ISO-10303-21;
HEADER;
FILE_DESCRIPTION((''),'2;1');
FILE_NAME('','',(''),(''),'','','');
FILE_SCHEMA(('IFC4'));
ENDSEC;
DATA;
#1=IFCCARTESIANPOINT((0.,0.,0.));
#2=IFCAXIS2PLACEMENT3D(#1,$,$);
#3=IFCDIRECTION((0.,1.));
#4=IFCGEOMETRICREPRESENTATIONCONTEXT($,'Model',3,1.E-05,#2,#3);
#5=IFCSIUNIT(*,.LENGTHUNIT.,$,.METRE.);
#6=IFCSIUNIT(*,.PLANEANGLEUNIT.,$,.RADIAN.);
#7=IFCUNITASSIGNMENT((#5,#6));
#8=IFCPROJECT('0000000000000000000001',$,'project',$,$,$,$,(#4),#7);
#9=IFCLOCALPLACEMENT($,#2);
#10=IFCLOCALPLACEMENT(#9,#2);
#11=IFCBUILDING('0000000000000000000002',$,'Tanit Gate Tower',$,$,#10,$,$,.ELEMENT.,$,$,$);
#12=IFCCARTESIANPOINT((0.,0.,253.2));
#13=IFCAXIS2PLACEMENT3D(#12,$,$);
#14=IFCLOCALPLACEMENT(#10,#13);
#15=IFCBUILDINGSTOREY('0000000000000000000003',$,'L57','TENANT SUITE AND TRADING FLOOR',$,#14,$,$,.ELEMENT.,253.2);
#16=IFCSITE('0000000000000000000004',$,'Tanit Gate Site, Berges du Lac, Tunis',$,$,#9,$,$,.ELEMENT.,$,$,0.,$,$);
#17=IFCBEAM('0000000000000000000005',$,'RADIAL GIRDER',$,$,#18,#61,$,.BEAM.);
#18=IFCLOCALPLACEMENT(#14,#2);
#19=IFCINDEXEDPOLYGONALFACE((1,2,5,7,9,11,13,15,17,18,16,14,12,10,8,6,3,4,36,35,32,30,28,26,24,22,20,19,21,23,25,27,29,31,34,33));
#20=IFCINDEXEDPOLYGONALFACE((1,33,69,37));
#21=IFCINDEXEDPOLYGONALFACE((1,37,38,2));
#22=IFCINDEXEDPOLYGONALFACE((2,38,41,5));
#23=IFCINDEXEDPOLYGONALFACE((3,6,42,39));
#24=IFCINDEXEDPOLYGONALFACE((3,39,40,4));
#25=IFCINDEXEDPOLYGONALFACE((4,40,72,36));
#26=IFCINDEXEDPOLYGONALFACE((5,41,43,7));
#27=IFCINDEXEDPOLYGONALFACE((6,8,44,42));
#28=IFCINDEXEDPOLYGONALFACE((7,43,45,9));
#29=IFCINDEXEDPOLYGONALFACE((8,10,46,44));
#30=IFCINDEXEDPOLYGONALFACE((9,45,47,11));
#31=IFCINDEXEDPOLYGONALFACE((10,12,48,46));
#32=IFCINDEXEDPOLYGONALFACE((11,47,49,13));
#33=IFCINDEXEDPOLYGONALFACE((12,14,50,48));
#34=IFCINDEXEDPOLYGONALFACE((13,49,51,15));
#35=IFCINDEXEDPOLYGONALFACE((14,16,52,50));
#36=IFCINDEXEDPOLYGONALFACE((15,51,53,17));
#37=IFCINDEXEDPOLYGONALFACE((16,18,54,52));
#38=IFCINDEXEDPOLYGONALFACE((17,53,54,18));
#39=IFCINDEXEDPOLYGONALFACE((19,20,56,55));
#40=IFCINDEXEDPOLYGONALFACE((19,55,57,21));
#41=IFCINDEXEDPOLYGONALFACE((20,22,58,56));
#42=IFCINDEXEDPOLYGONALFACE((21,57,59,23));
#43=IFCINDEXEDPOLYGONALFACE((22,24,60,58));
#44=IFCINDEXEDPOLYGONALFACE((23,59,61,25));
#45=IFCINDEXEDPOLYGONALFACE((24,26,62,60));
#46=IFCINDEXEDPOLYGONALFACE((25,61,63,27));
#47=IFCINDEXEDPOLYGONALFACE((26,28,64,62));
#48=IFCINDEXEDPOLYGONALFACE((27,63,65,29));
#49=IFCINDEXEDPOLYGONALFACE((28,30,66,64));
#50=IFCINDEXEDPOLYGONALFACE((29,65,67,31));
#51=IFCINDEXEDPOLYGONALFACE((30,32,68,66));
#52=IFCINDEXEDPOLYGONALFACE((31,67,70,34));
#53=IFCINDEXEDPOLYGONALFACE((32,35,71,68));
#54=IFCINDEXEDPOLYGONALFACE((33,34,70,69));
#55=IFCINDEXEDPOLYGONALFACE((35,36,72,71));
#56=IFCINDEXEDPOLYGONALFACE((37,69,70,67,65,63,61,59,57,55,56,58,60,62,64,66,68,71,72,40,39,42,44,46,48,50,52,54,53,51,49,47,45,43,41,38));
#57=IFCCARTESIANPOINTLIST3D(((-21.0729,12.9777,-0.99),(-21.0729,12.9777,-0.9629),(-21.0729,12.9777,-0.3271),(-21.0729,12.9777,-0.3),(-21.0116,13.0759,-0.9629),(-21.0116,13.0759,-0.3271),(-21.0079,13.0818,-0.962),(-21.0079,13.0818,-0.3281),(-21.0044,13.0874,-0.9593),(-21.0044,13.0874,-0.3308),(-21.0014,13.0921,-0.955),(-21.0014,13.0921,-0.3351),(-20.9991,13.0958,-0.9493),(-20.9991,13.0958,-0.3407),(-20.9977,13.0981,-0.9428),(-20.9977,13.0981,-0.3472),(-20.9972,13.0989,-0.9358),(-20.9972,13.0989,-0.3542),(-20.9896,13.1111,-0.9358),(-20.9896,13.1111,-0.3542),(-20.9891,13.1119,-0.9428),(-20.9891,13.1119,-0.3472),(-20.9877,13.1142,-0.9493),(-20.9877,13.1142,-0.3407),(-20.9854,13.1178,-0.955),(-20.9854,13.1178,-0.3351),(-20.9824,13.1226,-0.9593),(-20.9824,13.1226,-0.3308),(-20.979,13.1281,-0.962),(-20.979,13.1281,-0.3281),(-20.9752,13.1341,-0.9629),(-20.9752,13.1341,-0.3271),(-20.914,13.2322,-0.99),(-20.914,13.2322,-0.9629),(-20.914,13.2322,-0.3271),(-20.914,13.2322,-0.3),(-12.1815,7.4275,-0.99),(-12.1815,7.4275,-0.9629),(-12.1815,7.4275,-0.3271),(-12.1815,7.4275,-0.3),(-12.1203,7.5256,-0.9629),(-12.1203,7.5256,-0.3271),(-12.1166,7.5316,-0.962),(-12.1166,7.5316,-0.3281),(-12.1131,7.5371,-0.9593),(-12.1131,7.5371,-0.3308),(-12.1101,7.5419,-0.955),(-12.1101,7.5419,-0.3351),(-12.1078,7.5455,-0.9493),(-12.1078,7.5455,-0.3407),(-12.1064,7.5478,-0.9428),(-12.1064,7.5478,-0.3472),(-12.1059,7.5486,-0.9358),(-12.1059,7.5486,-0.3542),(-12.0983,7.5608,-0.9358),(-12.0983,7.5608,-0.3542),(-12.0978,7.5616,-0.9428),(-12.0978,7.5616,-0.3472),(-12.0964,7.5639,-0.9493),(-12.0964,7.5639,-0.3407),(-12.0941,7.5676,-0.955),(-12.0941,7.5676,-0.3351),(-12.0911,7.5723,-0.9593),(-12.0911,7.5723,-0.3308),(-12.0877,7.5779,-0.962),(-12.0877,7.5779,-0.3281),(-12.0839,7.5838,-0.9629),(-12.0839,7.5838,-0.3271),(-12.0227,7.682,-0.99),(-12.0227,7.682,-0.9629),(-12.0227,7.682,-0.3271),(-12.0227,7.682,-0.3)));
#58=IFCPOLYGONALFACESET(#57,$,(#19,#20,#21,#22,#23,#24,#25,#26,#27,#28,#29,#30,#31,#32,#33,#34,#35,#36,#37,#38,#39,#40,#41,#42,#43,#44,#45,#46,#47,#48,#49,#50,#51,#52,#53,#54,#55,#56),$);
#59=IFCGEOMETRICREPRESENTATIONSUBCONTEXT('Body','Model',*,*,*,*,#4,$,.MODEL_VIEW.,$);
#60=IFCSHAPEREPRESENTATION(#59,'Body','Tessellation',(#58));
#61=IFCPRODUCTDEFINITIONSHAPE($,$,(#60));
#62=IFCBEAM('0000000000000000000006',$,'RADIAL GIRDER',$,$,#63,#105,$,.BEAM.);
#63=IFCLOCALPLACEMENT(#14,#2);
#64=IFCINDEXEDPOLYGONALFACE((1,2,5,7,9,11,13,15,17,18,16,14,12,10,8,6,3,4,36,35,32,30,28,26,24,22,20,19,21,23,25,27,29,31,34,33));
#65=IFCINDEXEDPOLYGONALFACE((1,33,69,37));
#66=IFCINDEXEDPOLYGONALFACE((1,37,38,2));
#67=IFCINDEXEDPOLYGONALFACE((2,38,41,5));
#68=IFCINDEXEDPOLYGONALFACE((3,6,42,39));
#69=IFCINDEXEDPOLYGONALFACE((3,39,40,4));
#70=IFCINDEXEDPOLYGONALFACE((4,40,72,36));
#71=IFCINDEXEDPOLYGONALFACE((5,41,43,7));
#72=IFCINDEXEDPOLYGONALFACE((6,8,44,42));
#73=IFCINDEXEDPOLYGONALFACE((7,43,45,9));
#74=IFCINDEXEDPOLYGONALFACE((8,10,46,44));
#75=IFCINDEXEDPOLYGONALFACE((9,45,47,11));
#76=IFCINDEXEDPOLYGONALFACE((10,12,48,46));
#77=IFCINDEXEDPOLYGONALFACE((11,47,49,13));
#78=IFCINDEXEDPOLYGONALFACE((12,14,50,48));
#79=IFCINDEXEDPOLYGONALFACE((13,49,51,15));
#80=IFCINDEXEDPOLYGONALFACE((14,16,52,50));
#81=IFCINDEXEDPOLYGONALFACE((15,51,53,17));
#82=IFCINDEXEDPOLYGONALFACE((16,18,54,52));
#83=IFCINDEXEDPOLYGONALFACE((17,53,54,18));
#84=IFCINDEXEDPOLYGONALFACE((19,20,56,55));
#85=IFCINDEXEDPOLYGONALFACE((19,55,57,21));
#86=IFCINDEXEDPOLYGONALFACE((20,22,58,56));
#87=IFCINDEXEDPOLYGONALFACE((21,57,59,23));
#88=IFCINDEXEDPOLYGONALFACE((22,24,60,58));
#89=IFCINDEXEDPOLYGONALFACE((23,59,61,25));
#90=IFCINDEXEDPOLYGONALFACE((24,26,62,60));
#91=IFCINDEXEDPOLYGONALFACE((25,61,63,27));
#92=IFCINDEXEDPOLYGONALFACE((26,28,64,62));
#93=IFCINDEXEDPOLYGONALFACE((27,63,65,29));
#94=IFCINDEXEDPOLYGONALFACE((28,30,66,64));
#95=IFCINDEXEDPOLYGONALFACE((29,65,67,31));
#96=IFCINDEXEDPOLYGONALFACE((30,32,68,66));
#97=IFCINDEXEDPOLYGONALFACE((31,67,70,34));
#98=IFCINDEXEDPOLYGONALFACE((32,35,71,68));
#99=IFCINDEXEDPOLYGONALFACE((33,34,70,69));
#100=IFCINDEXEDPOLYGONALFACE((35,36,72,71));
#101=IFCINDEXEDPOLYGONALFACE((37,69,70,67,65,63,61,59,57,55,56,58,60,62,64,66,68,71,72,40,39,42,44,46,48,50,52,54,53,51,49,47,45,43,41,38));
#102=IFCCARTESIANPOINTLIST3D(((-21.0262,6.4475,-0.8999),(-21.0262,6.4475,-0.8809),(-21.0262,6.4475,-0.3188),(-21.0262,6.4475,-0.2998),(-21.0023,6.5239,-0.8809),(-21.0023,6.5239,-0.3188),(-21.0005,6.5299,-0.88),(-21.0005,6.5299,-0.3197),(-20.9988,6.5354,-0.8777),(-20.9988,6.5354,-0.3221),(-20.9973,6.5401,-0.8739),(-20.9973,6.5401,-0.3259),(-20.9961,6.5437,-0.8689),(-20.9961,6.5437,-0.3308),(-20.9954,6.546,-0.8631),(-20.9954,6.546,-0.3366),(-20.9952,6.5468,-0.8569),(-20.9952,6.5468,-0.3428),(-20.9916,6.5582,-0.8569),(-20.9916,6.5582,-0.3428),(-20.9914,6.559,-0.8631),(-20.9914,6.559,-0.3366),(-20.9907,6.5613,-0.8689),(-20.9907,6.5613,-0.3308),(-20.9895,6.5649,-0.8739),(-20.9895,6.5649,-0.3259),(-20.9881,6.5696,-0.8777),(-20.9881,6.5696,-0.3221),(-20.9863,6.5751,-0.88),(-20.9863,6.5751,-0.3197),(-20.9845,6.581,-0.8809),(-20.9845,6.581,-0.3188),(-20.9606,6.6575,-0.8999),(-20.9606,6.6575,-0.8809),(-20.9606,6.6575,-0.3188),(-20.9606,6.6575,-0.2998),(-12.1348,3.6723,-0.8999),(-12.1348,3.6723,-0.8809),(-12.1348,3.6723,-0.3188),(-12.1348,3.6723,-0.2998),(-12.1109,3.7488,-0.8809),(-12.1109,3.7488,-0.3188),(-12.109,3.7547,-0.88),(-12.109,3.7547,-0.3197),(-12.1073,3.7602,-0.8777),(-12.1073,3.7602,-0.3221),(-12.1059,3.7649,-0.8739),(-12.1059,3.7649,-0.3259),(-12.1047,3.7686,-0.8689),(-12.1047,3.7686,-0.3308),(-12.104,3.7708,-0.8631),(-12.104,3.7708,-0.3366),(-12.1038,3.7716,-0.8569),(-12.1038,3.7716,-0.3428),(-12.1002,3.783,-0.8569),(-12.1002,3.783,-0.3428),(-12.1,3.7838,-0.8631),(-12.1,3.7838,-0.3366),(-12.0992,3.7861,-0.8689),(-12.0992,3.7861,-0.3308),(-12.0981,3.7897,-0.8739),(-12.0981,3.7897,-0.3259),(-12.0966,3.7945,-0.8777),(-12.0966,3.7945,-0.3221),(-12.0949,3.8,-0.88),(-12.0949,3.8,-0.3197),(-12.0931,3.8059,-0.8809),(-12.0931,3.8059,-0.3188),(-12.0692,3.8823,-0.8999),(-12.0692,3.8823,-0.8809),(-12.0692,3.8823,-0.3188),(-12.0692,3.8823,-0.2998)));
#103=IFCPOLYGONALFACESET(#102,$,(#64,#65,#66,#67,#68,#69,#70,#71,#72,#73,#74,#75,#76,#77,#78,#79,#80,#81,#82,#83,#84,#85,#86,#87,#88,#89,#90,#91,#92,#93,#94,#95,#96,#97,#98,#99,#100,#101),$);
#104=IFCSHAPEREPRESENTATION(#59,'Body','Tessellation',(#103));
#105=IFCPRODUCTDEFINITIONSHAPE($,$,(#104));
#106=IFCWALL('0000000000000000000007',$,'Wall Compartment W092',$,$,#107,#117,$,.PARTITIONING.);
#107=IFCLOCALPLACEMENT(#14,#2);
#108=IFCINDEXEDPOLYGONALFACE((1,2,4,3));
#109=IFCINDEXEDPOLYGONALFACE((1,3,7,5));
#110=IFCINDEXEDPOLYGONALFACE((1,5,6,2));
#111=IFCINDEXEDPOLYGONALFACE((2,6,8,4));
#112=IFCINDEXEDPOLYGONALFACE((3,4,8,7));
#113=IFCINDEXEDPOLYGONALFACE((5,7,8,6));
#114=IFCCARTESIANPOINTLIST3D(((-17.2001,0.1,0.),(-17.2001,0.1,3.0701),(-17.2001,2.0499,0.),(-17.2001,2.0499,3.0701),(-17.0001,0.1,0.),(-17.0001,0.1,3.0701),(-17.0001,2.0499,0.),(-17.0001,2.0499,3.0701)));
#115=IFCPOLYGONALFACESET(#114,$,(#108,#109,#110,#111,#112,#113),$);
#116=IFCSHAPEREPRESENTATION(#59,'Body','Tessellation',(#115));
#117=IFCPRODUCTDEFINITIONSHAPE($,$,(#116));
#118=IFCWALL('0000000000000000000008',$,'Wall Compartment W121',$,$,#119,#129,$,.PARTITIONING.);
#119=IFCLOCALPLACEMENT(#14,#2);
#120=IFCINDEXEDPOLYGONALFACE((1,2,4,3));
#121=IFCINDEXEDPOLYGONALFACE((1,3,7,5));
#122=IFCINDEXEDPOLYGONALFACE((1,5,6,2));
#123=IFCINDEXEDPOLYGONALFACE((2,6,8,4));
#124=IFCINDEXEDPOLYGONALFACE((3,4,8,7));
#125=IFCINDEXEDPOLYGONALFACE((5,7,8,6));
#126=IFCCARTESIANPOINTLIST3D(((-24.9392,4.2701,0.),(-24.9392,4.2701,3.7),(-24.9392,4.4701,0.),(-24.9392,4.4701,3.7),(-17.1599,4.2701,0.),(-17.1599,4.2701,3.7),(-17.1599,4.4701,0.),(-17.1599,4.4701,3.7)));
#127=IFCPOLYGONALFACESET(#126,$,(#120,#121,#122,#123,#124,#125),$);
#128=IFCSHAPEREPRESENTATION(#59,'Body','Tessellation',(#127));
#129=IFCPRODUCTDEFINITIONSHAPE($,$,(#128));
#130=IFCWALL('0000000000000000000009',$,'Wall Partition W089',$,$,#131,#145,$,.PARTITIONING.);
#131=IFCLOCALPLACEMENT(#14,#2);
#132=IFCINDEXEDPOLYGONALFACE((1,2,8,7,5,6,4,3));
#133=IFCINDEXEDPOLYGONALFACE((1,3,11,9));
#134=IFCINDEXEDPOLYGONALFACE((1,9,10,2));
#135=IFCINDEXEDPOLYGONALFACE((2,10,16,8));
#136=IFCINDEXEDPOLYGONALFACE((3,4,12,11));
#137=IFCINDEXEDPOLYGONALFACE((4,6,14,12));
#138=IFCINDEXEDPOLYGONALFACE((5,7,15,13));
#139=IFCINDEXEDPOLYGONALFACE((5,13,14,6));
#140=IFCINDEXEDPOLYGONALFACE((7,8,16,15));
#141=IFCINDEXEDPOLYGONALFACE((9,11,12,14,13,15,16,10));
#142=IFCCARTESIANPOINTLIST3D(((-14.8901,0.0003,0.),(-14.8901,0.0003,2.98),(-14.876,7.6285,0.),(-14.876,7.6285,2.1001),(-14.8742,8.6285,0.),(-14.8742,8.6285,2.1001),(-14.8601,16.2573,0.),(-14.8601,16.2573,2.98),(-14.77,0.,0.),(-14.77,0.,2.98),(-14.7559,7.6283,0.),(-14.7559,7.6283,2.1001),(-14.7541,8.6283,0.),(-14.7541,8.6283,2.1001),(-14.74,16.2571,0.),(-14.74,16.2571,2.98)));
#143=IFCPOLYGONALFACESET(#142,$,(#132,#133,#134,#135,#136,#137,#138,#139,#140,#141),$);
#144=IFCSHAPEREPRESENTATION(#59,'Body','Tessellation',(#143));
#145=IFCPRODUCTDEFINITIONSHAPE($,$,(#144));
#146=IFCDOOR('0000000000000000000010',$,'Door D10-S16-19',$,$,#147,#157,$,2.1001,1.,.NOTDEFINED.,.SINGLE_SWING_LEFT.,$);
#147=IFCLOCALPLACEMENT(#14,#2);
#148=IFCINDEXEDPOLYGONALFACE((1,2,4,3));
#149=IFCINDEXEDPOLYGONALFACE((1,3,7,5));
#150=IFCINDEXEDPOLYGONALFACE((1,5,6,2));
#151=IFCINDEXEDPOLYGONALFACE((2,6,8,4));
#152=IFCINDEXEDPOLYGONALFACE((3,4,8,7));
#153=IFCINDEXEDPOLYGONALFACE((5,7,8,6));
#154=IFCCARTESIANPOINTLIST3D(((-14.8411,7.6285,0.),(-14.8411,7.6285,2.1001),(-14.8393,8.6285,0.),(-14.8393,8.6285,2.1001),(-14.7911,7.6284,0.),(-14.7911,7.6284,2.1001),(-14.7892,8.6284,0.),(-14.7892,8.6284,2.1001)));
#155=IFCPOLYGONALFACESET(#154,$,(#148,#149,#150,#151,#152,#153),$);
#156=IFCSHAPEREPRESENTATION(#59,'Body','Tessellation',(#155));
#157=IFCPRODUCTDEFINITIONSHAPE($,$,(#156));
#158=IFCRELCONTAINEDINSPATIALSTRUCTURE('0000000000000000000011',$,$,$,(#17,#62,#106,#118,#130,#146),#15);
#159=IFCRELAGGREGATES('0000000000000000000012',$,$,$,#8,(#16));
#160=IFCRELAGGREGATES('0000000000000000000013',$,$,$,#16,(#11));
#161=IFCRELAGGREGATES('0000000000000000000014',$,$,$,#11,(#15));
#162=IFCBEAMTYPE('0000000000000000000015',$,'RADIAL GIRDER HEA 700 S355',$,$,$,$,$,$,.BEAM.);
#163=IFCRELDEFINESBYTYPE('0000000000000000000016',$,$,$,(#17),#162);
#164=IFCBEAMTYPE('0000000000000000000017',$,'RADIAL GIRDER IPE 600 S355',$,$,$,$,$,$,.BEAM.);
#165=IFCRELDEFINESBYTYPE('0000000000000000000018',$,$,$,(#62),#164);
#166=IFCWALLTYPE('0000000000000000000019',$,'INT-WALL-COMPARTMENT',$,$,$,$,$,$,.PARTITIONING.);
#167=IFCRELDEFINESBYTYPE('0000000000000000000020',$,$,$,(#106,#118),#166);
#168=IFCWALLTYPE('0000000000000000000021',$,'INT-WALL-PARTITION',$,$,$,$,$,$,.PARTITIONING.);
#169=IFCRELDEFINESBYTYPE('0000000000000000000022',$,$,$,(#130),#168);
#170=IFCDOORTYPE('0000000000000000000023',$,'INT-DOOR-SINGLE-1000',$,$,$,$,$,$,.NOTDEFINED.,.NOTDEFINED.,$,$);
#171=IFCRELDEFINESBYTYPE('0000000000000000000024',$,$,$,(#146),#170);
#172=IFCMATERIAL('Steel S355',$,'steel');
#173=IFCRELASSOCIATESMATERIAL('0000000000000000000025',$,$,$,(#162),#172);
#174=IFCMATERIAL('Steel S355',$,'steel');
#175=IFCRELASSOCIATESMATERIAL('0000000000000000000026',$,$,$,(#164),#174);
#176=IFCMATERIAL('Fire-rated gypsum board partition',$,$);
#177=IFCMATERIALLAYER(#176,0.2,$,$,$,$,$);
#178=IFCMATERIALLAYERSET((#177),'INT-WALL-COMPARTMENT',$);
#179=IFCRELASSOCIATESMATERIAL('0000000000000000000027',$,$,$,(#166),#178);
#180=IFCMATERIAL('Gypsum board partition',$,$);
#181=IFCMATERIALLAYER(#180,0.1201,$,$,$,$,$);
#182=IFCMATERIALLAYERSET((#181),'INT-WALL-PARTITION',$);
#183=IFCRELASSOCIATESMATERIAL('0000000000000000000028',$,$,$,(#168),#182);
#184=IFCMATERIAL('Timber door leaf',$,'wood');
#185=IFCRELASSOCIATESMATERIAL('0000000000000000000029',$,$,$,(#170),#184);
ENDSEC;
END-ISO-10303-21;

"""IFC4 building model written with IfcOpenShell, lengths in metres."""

from ifc_helpers import new_model, si_unit, direction, frame, frame_2d, origin, origin_2d, place, context, subcontext, project, spatial, rectangle, i_section, extrude, material, layer, layer_set, material_profile, profile_set, type_object, element, fill, save


model = new_model("IFC4")

# Units and contexts
model_context = context("Model", 3, precision=1e-05, world=origin(), true_north=direction((0.0, 1.0)))
body_context = subcontext(model_context, "Body", "Model", "MODEL_VIEW")
ifc_project = project(units=[si_unit("LENGTHUNIT", "METRE"), si_unit("PLANEANGLEUNIT", "RADIAN")], contexts=[model_context])

# Site, building, storey
site_placement = place(None, origin())
site = spatial("IfcSite", under=ifc_project, at=site_placement, Name="Tanit Gate Site, Berges du Lac, Tunis", CompositionType="ELEMENT", RefElevation=0.0)
building_placement = place(site_placement, origin())
building = spatial("IfcBuilding", under=site, at=building_placement, Name="Tanit Gate Tower", CompositionType="ELEMENT")
storey_placement = place(building_placement, frame((0.0, 0.0, 253.2)))
storey = spatial("IfcBuildingStorey", under=building, at=storey_placement, Name="L57", Description="TENANT SUITE AND TRADING FLOOR", CompositionType="ELEMENT", Elevation=253.2)

# Beams
ifc_material_1 = material(Name="Steel S355", Category="steel")
ifc_material_profile_1 = material_profile(ifc_material_1, i_section(OverallWidth=0.3, OverallDepth=0.6899, WebThickness=0.0144, FlangeThickness=0.0271, FilletRadius=0.0271, at=origin_2d()), Name="HEA 700")
ifc_profile_set_1 = profile_set([ifc_material_profile_1], Name="Steel S355")
beam_type_1 = type_object("IfcBeamType", Name="RADIAL GIRDER HEA 700 S355", PredefinedType="BEAM", material=ifc_profile_set_1)
beam_1_placement = place(storey_placement, frame((-20.9934, 13.105, -0.645), z_axis=(0.84829, -0.529532, 0.0), x_axis=(0.529532, 0.84829, 0.0)))
element("IfcBeam", 1, at=beam_1_placement, inside=storey, type_object=beam_type_1, Name="RADIAL GIRDER", PredefinedType="BEAM", context=body_context, shape_type="SweptSolid", body=[
    extrude(i_section(OverallWidth=0.3, OverallDepth=0.6899, WebThickness=0.0144, FlangeThickness=0.0271, FilletRadius=0.0271, at=origin_2d()), origin(), (0.0, 0.0, 1.0), 10.4814),
])
ifc_material_2 = material(Name="Steel S355", Category="steel")
ifc_material_profile_2 = material_profile(ifc_material_2, i_section(OverallWidth=0.22, OverallDepth=0.6001, WebThickness=0.012, FlangeThickness=0.019, FilletRadius=0.0239, at=origin_2d()), Name="IPE 600")
ifc_profile_set_2 = profile_set([ifc_material_profile_2], Name="Steel S355")
beam_type_2 = type_object("IfcBeamType", Name="RADIAL GIRDER IPE 600 S355", PredefinedType="BEAM", material=ifc_profile_set_2)
beam_2_placement = place(storey_placement, frame((-20.9934, 6.5525, -0.5999), z_axis=(0.954584, -0.297942, 0.0), x_axis=(0.297942, 0.954584, 0.0)))
element("IfcBeam", 2, at=beam_2_placement, inside=storey, type_object=beam_type_2, Name="RADIAL GIRDER", PredefinedType="BEAM", context=body_context, shape_type="SweptSolid", body=[
    extrude(i_section(OverallWidth=0.22, OverallDepth=0.6001, WebThickness=0.012, FlangeThickness=0.019, FilletRadius=0.0239, at=origin_2d()), origin(), (0.0, 0.0, 1.0), 9.3145),
])

# Walls
ifc_material_3 = material(Name="Fire-rated gypsum board partition")
ifc_layer_1 = layer(ifc_material_3, 0.2)
ifc_layer_set_1 = layer_set([ifc_layer_1], Name="INT-WALL-COMPARTMENT")
wall_type_1 = type_object("IfcWallType", Name="INT-WALL-COMPARTMENT", PredefinedType="PARTITIONING", material=ifc_layer_set_1)
wall_1_placement = place(storey_placement, frame((-17.1001, 2.05, 0.0), z_axis=(0.0, 0.0, 1.0), x_axis=(0.0, -1.0, 0.0)))
element("IfcWall", 3, at=wall_1_placement, inside=storey, type_object=wall_type_1, Name="Wall Compartment W092", PredefinedType="PARTITIONING", context=body_context, shape_type="SweptSolid", body=[
    extrude(rectangle(XDim=1.95, YDim=0.2, at=frame_2d((0.9751, 0.0))), origin(), (0.0, 0.0, 1.0), 3.0701),
])
wall_2_placement = place(storey_placement, frame((-17.1599, 4.3701, 0.0), z_axis=(0.0, 0.0, 1.0), x_axis=(-1.0, 0.0, 0.0)))
element("IfcWall", 4, at=wall_2_placement, inside=storey, type_object=wall_type_1, Name="Wall Compartment W121", PredefinedType="PARTITIONING", context=body_context, shape_type="SweptSolid", body=[
    extrude(rectangle(XDim=7.7793, YDim=0.2, at=frame_2d((3.8896, 0.0))), origin(), (0.0, 0.0, 1.0), 3.7),
])

# Wall, opening, door
ifc_material_4 = material(Name="Gypsum board partition")
ifc_layer_2 = layer(ifc_material_4, 0.1201)
ifc_layer_set_2 = layer_set([ifc_layer_2], Name="INT-WALL-PARTITION")
wall_type_2 = type_object("IfcWallType", Name="INT-WALL-PARTITION", PredefinedType="PARTITIONING", material=ifc_layer_set_2)
wall_3_placement = place(storey_placement, frame((-14.8, 16.2571, 0.0), z_axis=(0.0, 0.0, 1.0), x_axis=(-0.001847, -0.999998, 0.0)))
wall_3 = element("IfcWall", 5, at=wall_3_placement, inside=storey, type_object=wall_type_2, Name="Wall Partition W089", PredefinedType="PARTITIONING", context=body_context, shape_type="SweptSolid", body=[
    extrude(rectangle(XDim=16.2571, YDim=0.1201, at=frame_2d((8.1284, 0.0))), origin(), (0.0, 0.0, 1.0), 2.98),
])
opening_1_placement = place(wall_3_placement, frame((7.6287, 0.0, 0.0)))
opening_1 = element("IfcOpeningElement", 6, at=opening_1_placement, cuts=wall_3, PredefinedType="OPENING", context=body_context, shape_type="SweptSolid", body=[
    extrude(rectangle(XDim=1.0, YDim=2.1001, at=frame_2d((0.5, 1.05))), frame((0.0, 0.0701, 0.0), z_axis=(0.0, -1.0, 0.0), x_axis=(1.0, 0.0, 0.0)), (0.0, 0.0, 1.0), 0.1401),
])
ifc_material_5 = material(Name="Timber door leaf", Category="wood")
door_type_1 = type_object("IfcDoorType", Name="INT-DOOR-SINGLE-1000", OperationType="NOTDEFINED", PredefinedType="NOTDEFINED", material=ifc_material_5)
door_1_placement = place(opening_1_placement, origin())
door_1 = element("IfcDoor", 7, at=door_1_placement, inside=storey, type_object=door_type_1, Name="Door D10-S16-19", OperationType="SINGLE_SWING_LEFT", OverallHeight=2.1001, OverallWidth=1.0, PredefinedType="NOTDEFINED", context=body_context, shape_type="SweptSolid", body=[
    extrude(rectangle(XDim=1.0, YDim=2.1001, at=frame_2d((0.5, 1.05))), frame((0.0, 0.0249, 0.0), z_axis=(0.0, -1.0, 0.0), x_axis=(1.0, 0.0, 0.0)), (0.0, 0.0, 1.0), 0.05),
])
fill(opening_1, door_1)

save(model, "model.ifc")
